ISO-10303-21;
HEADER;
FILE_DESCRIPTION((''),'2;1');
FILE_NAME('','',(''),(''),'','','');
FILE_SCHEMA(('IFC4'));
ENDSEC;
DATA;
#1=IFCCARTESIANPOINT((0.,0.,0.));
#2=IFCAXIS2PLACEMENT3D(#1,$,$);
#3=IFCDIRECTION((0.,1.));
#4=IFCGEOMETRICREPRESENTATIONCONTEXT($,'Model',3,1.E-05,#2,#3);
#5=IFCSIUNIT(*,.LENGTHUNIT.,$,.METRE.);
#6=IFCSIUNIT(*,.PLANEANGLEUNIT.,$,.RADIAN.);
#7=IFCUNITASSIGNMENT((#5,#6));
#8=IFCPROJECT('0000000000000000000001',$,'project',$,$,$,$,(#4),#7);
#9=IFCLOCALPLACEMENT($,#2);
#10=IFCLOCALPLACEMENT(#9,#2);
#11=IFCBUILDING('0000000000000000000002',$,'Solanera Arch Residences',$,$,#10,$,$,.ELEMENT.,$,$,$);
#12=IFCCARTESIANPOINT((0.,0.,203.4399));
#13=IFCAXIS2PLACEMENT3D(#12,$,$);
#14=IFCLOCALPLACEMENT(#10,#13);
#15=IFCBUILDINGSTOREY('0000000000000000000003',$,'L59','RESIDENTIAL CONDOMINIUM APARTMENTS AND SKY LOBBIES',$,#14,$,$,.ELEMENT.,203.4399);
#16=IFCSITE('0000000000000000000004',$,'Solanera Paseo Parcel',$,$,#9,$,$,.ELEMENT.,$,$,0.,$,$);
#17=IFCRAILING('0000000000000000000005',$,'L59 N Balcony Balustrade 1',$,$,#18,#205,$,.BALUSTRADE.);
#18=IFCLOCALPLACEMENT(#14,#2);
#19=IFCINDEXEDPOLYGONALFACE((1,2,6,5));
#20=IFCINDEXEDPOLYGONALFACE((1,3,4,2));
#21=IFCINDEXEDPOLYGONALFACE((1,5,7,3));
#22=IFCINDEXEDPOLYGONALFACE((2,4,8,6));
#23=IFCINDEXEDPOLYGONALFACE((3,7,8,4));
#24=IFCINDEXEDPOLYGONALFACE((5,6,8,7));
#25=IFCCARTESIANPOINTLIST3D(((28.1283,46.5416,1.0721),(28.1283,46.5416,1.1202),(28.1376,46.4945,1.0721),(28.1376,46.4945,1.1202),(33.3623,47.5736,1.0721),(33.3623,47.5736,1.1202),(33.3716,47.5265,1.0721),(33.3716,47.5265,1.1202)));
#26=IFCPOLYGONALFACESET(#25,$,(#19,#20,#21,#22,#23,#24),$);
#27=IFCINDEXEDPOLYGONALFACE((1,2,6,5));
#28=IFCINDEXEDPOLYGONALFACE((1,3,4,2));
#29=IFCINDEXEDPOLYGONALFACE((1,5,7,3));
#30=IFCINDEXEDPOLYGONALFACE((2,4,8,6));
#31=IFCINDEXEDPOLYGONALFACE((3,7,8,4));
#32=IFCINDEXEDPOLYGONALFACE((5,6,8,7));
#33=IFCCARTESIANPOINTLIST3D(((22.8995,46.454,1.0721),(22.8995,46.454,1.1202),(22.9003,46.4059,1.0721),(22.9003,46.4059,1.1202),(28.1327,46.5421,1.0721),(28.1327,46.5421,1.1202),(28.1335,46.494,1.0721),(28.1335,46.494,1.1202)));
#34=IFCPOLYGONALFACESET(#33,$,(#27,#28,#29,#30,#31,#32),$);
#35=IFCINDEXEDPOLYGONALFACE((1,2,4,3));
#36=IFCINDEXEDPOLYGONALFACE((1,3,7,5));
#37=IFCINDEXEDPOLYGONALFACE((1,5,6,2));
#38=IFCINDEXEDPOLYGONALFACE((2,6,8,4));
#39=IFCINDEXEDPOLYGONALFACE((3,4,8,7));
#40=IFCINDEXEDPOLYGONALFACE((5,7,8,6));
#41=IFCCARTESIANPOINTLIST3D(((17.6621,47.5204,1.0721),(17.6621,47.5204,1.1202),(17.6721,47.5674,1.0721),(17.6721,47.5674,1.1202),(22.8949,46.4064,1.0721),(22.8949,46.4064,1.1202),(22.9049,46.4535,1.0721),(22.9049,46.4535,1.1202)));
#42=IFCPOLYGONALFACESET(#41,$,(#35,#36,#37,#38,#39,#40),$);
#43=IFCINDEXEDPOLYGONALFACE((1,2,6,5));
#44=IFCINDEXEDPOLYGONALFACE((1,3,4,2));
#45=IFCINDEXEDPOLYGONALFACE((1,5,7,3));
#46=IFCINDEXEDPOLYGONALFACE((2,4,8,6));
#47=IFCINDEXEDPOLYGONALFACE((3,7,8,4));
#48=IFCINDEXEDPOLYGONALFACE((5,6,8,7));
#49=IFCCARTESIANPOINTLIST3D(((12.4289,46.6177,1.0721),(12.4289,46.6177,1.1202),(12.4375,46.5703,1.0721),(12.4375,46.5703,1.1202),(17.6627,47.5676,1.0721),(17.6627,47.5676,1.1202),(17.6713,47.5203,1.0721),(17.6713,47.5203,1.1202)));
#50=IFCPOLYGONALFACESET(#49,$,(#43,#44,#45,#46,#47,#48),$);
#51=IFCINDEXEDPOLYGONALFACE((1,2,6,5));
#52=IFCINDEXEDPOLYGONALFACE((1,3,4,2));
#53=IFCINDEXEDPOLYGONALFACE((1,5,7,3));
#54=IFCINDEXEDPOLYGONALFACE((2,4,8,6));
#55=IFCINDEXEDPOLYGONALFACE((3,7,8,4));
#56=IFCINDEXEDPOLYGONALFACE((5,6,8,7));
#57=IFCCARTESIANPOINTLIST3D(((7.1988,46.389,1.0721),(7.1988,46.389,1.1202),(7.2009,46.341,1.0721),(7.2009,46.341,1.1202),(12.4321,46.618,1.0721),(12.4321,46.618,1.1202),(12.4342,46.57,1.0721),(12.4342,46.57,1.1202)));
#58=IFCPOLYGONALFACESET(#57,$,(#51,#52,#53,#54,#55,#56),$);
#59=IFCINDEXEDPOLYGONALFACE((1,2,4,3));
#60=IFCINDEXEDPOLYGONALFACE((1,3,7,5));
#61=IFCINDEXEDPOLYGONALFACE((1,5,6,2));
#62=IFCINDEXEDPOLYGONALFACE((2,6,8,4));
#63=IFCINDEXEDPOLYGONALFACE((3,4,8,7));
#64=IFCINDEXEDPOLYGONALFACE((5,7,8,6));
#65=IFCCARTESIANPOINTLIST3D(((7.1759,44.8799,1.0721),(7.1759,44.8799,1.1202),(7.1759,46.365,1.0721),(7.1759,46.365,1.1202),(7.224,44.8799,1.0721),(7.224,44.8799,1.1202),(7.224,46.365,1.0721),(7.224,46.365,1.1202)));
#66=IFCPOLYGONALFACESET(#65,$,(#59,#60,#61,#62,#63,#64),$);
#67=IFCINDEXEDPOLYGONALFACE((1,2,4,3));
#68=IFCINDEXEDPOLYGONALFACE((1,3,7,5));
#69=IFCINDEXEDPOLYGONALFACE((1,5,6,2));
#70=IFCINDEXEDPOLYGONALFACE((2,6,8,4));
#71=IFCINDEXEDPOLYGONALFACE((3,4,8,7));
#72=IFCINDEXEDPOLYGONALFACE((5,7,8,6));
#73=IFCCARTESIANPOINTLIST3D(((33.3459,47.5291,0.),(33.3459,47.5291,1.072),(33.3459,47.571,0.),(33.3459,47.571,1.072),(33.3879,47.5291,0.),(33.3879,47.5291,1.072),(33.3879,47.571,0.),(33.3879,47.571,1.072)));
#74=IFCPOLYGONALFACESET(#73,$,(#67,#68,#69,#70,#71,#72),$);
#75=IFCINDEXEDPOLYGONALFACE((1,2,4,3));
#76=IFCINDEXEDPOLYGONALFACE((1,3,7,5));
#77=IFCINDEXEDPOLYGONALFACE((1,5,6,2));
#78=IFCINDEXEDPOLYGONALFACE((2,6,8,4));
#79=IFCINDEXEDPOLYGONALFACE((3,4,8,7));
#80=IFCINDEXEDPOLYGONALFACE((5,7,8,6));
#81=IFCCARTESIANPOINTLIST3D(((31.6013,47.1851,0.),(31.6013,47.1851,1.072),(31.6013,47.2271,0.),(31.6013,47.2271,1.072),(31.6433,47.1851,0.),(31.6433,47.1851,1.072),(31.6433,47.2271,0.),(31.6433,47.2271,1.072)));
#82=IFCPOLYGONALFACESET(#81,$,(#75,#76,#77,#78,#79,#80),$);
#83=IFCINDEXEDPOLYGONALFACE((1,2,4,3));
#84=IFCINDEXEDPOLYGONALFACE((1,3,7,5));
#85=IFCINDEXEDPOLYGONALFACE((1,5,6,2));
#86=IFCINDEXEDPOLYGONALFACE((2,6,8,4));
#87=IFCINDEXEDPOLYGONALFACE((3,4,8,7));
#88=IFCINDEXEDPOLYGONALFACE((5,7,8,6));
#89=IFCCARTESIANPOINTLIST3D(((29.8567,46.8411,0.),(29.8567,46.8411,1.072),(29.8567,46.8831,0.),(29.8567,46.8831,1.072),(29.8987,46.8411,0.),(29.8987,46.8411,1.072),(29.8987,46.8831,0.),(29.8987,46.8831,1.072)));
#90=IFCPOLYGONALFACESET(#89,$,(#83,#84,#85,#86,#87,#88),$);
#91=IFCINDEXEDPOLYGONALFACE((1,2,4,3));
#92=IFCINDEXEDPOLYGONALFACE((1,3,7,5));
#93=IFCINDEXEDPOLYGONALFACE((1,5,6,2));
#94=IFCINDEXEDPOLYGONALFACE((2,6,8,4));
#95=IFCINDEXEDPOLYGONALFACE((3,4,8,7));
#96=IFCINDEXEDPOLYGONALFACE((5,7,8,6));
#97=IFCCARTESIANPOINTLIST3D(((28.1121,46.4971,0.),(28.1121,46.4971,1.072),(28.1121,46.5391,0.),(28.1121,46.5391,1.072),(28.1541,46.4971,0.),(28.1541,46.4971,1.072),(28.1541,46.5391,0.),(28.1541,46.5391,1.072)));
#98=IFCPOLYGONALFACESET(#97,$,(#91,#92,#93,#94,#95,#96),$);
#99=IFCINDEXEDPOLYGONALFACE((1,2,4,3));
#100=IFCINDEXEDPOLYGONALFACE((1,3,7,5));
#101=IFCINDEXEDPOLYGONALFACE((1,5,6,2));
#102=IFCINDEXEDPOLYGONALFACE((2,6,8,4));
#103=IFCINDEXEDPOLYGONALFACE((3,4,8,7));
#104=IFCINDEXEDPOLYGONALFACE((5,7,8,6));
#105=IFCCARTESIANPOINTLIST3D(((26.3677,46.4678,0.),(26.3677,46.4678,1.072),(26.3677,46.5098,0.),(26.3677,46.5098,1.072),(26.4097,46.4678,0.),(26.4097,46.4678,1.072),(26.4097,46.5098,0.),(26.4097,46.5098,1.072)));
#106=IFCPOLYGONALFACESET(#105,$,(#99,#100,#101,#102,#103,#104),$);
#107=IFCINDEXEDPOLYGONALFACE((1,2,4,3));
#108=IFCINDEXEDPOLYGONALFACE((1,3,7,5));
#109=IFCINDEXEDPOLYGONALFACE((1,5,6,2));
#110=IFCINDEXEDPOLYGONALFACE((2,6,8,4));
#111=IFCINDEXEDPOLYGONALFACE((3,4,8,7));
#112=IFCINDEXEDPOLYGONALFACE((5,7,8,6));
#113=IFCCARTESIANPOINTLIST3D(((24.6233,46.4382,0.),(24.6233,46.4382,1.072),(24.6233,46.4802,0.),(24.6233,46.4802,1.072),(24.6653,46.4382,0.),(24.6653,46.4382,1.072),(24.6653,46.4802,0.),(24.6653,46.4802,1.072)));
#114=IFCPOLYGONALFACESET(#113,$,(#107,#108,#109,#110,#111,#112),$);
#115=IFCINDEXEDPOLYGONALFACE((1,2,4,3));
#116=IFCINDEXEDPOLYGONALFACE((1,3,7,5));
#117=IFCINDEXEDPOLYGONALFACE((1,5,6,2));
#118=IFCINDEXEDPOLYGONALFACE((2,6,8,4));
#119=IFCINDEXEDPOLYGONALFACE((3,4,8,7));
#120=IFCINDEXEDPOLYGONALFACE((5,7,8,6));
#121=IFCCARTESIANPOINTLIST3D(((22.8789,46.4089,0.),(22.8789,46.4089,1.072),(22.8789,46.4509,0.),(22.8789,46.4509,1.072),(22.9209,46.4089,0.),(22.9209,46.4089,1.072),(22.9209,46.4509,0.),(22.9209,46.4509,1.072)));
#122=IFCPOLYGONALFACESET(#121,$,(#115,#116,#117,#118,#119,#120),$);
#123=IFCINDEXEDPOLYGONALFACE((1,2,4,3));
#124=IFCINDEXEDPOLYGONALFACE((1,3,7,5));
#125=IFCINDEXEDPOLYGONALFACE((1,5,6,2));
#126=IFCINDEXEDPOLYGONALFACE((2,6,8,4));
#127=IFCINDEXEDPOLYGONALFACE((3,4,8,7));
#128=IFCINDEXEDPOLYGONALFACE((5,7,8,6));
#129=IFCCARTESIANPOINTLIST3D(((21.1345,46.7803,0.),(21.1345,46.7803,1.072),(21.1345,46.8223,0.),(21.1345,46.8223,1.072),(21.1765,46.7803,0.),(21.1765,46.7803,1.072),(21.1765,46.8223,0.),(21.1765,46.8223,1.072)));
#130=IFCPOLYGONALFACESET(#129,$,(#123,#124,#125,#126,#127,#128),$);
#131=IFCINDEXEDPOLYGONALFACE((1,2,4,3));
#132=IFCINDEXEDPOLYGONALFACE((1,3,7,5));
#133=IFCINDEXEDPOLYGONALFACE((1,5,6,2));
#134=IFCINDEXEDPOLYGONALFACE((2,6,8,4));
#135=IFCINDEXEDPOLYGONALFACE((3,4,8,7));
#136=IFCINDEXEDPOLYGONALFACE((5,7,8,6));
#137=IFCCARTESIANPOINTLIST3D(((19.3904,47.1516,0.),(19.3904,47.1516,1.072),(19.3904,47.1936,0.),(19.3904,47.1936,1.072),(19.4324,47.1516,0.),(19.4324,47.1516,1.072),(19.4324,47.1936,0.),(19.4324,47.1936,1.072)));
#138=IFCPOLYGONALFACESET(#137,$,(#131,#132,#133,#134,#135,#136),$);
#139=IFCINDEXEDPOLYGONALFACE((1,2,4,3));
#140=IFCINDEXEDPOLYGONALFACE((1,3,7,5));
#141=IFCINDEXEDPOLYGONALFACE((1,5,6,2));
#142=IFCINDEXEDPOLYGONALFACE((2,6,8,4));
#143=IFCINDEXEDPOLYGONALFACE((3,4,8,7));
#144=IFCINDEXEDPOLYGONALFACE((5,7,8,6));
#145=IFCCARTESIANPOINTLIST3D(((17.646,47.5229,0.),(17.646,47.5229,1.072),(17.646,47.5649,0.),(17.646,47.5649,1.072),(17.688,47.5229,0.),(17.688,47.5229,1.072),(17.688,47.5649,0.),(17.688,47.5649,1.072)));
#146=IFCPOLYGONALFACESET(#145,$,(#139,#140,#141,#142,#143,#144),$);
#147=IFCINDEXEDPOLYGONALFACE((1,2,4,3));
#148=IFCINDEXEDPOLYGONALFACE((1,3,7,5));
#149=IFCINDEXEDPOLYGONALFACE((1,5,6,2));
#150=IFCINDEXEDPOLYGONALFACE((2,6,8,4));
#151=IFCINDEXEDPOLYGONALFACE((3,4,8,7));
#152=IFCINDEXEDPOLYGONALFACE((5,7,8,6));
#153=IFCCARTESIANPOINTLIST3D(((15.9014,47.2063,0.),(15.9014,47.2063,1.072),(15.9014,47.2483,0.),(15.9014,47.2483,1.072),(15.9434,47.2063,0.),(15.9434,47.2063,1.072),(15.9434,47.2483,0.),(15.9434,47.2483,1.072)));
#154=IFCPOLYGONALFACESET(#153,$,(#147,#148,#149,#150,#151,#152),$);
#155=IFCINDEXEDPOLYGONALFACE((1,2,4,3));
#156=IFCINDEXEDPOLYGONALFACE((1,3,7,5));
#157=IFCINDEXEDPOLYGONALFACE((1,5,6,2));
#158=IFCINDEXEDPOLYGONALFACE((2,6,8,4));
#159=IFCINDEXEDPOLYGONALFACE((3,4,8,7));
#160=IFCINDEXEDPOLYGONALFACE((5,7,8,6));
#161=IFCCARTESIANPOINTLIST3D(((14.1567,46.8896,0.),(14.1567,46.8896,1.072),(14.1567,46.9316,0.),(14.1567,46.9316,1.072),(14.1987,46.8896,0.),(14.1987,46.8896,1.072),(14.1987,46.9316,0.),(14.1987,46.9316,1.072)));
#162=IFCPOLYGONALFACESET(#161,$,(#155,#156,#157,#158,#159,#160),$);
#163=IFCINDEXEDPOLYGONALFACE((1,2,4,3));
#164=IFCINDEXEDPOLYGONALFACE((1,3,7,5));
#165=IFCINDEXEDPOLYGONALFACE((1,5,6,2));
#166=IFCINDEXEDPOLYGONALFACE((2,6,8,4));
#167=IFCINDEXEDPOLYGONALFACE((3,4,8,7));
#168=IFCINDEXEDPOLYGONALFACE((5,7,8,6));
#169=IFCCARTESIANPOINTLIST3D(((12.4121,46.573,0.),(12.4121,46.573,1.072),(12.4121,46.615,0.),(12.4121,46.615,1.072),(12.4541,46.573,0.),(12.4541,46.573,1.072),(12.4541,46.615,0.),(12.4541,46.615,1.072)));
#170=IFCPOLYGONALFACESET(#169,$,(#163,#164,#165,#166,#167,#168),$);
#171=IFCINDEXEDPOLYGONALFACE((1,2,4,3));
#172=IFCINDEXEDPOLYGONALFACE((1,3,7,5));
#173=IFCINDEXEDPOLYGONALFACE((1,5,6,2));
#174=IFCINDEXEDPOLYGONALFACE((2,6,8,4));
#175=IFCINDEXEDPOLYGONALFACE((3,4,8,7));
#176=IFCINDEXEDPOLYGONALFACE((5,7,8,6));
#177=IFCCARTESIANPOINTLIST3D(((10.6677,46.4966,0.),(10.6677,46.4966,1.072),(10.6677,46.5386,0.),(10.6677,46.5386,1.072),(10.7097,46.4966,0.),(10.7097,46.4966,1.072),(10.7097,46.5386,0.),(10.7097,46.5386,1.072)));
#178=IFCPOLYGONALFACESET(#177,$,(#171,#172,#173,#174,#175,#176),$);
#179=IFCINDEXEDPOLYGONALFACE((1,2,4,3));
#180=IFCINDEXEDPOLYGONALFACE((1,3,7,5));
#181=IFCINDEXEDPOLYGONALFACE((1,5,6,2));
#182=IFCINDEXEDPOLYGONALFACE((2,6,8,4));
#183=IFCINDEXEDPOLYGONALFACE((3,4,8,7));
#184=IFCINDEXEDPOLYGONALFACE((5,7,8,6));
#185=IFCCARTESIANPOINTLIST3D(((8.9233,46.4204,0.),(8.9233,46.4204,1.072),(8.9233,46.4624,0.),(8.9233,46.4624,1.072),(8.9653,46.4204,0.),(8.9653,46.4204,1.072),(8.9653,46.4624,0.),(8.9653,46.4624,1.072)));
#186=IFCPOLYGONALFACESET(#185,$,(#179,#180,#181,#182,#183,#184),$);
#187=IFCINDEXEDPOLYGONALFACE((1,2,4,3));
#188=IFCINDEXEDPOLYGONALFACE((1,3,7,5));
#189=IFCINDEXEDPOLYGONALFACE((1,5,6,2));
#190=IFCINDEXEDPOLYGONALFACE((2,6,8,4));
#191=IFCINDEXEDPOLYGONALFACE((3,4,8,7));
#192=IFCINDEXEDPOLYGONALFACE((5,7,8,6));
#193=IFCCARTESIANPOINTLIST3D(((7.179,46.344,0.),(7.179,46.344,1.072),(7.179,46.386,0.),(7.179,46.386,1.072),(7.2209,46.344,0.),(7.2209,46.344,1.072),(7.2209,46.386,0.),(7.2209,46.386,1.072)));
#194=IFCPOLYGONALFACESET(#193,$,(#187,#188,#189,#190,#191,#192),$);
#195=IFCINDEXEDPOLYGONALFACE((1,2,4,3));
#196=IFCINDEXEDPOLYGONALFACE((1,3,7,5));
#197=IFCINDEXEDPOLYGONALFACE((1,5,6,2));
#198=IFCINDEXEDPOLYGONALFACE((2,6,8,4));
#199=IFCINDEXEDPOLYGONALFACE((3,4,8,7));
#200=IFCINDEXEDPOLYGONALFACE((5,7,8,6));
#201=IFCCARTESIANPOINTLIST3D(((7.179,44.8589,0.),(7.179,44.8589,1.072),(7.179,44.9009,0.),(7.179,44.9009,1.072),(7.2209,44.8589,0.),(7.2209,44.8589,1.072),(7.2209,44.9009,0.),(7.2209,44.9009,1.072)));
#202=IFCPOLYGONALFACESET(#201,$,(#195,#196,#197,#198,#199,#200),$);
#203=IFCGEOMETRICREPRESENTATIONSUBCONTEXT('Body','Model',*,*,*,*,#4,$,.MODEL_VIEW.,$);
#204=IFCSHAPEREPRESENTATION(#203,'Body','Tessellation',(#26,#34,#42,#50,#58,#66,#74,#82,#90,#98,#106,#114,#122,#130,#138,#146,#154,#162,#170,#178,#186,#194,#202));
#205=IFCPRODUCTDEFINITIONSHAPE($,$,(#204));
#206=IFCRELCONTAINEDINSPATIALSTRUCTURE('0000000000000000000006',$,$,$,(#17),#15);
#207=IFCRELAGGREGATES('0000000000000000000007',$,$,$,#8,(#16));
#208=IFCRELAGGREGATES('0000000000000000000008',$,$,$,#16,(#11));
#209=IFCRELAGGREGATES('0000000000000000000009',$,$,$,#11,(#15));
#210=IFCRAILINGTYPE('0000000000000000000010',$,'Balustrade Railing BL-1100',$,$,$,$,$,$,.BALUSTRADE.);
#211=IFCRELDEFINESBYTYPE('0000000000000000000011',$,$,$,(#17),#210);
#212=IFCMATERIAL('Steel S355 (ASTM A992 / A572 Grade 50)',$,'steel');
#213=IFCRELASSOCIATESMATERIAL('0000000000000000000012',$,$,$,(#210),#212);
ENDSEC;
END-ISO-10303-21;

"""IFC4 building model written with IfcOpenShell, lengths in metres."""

from ifc_helpers import new_model, si_unit, direction, frame, origin, origin_2d, place, context, subcontext, project, spatial, rectangle, extrude, material, type_object, element, save


model = new_model("IFC4")

# Units and contexts
model_context = context("Model", 3, precision=1e-05, world=origin(), true_north=direction((0.0, 1.0)))
body_context = subcontext(model_context, "Body", "Model", "MODEL_VIEW")
ifc_project = project(units=[si_unit("LENGTHUNIT", "METRE"), si_unit("PLANEANGLEUNIT", "RADIAN")], contexts=[model_context])

# Site, building, storey
site_placement = place(None, origin())
site = spatial("IfcSite", under=ifc_project, at=site_placement, Name="Solanera Paseo Parcel", CompositionType="ELEMENT", RefElevation=0.0)
building_placement = place(site_placement, origin())
building = spatial("IfcBuilding", under=site, at=building_placement, Name="Solanera Arch Residences", CompositionType="ELEMENT")
storey_placement = place(building_placement, frame((0.0, 0.0, 203.4399)))
storey = spatial("IfcBuildingStorey", under=building, at=storey_placement, Name="L59", Description="RESIDENTIAL CONDOMINIUM APARTMENTS AND SKY LOBBIES", CompositionType="ELEMENT", Elevation=203.4399)

# Railing
ifc_material_1 = material(Name="Steel S355 (ASTM A992 / A572 Grade 50)", Category="steel")
railing_type = type_object("IfcRailingType", Name="Balustrade Railing BL-1100", PredefinedType="BALUSTRADE", material=ifc_material_1)
railing_placement = place(storey_placement, frame((33.3669, 47.55, 0.0)))
element("IfcRailing", 1, at=railing_placement, inside=storey, type_object=railing_type, Name="L59 N Balcony Balustrade 1", PredefinedType="BALUSTRADE", context=body_context, shape_type="SweptSolid", body=[
    extrude(rectangle(XDim=0.0481, YDim=0.0481, at=origin_2d()), frame((0.0, 0.0, 1.0962), z_axis=(-0.98111, -0.193449, 0.0), x_axis=(0.193449, -0.98111, 0.0)), (0.0, 0.0, 1.0), 5.3347),
    extrude(rectangle(XDim=0.0481, YDim=0.0481, at=origin_2d()), frame((-5.2339, -1.032, 1.0962), z_axis=(-0.999858, -0.016839, 0.0), x_axis=(0.016839, -0.999858, 0.0)), (0.0, 0.0, 1.0), 5.2339),
    extrude(rectangle(XDim=0.0481, YDim=0.0481, at=origin_2d()), frame((-10.467, -1.1201, 1.0962), z_axis=(-0.978082, 0.20822, 0.0), x_axis=(-0.20822, -0.978082, 0.0)), (0.0, 0.0, 1.0), 5.3501),
    extrude(rectangle(XDim=0.0481, YDim=0.0481, at=origin_2d()), frame((-15.7, -0.0061, 1.0962), z_axis=(-0.983925, -0.178583, 0.0), x_axis=(0.178583, -0.983925, 0.0)), (0.0, 0.0, 1.0), 5.3193),
    extrude(rectangle(XDim=0.0481, YDim=0.0481, at=origin_2d()), frame((-20.9338, -0.9561, 1.0962), z_axis=(-0.999044, -0.043718, 0.0), x_axis=(0.043718, -0.999044, 0.0)), (0.0, 0.0, 1.0), 5.2383),
    extrude(rectangle(XDim=0.0481, YDim=0.0481, at=origin_2d()), frame((-26.167, -1.1851, 1.0962), z_axis=(0.0, -1.0, 0.0), x_axis=(1.0, 0.0, 0.0)), (0.0, 0.0, 1.0), 1.4851),
    extrude(rectangle(XDim=0.042, YDim=0.042, at=origin_2d()), origin(), (0.0, 0.0, 1.0), 1.072),
    extrude(rectangle(XDim=0.042, YDim=0.042, at=origin_2d()), frame((-1.7446, -0.344, 0.0)), (0.0, 0.0, 1.0), 1.072),
    extrude(rectangle(XDim=0.042, YDim=0.042, at=origin_2d()), frame((-3.4893, -0.688, 0.0)), (0.0, 0.0, 1.0), 1.072),
    extrude(rectangle(XDim=0.042, YDim=0.042, at=origin_2d()), frame((-5.2339, -1.032, 0.0)), (0.0, 0.0, 1.0), 1.072),
    extrude(rectangle(XDim=0.042, YDim=0.042, at=origin_2d()), frame((-6.9783, -1.0613, 0.0)), (0.0, 0.0, 1.0), 1.072),
    extrude(rectangle(XDim=0.042, YDim=0.042, at=origin_2d()), frame((-8.7227, -1.0908, 0.0)), (0.0, 0.0, 1.0), 1.072),
    extrude(rectangle(XDim=0.042, YDim=0.042, at=origin_2d()), frame((-10.467, -1.1201, 0.0)), (0.0, 0.0, 1.0), 1.072),
    extrude(rectangle(XDim=0.042, YDim=0.042, at=origin_2d()), frame((-12.2114, -0.7488, 0.0)), (0.0, 0.0, 1.0), 1.072),
    extrude(rectangle(XDim=0.042, YDim=0.042, at=origin_2d()), frame((-13.9556, -0.3774, 0.0)), (0.0, 0.0, 1.0), 1.072),
    extrude(rectangle(XDim=0.042, YDim=0.042, at=origin_2d()), frame((-15.7, -0.0061, 0.0)), (0.0, 0.0, 1.0), 1.072),
    extrude(rectangle(XDim=0.042, YDim=0.042, at=origin_2d()), frame((-17.4446, -0.3228, 0.0)), (0.0, 0.0, 1.0), 1.072),
    extrude(rectangle(XDim=0.042, YDim=0.042, at=origin_2d()), frame((-19.1892, -0.6394, 0.0)), (0.0, 0.0, 1.0), 1.072),
    extrude(rectangle(XDim=0.042, YDim=0.042, at=origin_2d()), frame((-20.9338, -0.9561, 0.0)), (0.0, 0.0, 1.0), 1.072),
    extrude(rectangle(XDim=0.042, YDim=0.042, at=origin_2d()), frame((-22.6782, -1.0325, 0.0)), (0.0, 0.0, 1.0), 1.072),
    extrude(rectangle(XDim=0.042, YDim=0.042, at=origin_2d()), frame((-24.4226, -1.1086, 0.0)), (0.0, 0.0, 1.0), 1.072),
    extrude(rectangle(XDim=0.042, YDim=0.042, at=origin_2d()), frame((-26.167, -1.1851, 0.0)), (0.0, 0.0, 1.0), 1.072),
    extrude(rectangle(XDim=0.042, YDim=0.042, at=origin_2d()), frame((-26.167, -2.6702, 0.0)), (0.0, 0.0, 1.0), 1.072),
])

save(model, "model.ifc")
